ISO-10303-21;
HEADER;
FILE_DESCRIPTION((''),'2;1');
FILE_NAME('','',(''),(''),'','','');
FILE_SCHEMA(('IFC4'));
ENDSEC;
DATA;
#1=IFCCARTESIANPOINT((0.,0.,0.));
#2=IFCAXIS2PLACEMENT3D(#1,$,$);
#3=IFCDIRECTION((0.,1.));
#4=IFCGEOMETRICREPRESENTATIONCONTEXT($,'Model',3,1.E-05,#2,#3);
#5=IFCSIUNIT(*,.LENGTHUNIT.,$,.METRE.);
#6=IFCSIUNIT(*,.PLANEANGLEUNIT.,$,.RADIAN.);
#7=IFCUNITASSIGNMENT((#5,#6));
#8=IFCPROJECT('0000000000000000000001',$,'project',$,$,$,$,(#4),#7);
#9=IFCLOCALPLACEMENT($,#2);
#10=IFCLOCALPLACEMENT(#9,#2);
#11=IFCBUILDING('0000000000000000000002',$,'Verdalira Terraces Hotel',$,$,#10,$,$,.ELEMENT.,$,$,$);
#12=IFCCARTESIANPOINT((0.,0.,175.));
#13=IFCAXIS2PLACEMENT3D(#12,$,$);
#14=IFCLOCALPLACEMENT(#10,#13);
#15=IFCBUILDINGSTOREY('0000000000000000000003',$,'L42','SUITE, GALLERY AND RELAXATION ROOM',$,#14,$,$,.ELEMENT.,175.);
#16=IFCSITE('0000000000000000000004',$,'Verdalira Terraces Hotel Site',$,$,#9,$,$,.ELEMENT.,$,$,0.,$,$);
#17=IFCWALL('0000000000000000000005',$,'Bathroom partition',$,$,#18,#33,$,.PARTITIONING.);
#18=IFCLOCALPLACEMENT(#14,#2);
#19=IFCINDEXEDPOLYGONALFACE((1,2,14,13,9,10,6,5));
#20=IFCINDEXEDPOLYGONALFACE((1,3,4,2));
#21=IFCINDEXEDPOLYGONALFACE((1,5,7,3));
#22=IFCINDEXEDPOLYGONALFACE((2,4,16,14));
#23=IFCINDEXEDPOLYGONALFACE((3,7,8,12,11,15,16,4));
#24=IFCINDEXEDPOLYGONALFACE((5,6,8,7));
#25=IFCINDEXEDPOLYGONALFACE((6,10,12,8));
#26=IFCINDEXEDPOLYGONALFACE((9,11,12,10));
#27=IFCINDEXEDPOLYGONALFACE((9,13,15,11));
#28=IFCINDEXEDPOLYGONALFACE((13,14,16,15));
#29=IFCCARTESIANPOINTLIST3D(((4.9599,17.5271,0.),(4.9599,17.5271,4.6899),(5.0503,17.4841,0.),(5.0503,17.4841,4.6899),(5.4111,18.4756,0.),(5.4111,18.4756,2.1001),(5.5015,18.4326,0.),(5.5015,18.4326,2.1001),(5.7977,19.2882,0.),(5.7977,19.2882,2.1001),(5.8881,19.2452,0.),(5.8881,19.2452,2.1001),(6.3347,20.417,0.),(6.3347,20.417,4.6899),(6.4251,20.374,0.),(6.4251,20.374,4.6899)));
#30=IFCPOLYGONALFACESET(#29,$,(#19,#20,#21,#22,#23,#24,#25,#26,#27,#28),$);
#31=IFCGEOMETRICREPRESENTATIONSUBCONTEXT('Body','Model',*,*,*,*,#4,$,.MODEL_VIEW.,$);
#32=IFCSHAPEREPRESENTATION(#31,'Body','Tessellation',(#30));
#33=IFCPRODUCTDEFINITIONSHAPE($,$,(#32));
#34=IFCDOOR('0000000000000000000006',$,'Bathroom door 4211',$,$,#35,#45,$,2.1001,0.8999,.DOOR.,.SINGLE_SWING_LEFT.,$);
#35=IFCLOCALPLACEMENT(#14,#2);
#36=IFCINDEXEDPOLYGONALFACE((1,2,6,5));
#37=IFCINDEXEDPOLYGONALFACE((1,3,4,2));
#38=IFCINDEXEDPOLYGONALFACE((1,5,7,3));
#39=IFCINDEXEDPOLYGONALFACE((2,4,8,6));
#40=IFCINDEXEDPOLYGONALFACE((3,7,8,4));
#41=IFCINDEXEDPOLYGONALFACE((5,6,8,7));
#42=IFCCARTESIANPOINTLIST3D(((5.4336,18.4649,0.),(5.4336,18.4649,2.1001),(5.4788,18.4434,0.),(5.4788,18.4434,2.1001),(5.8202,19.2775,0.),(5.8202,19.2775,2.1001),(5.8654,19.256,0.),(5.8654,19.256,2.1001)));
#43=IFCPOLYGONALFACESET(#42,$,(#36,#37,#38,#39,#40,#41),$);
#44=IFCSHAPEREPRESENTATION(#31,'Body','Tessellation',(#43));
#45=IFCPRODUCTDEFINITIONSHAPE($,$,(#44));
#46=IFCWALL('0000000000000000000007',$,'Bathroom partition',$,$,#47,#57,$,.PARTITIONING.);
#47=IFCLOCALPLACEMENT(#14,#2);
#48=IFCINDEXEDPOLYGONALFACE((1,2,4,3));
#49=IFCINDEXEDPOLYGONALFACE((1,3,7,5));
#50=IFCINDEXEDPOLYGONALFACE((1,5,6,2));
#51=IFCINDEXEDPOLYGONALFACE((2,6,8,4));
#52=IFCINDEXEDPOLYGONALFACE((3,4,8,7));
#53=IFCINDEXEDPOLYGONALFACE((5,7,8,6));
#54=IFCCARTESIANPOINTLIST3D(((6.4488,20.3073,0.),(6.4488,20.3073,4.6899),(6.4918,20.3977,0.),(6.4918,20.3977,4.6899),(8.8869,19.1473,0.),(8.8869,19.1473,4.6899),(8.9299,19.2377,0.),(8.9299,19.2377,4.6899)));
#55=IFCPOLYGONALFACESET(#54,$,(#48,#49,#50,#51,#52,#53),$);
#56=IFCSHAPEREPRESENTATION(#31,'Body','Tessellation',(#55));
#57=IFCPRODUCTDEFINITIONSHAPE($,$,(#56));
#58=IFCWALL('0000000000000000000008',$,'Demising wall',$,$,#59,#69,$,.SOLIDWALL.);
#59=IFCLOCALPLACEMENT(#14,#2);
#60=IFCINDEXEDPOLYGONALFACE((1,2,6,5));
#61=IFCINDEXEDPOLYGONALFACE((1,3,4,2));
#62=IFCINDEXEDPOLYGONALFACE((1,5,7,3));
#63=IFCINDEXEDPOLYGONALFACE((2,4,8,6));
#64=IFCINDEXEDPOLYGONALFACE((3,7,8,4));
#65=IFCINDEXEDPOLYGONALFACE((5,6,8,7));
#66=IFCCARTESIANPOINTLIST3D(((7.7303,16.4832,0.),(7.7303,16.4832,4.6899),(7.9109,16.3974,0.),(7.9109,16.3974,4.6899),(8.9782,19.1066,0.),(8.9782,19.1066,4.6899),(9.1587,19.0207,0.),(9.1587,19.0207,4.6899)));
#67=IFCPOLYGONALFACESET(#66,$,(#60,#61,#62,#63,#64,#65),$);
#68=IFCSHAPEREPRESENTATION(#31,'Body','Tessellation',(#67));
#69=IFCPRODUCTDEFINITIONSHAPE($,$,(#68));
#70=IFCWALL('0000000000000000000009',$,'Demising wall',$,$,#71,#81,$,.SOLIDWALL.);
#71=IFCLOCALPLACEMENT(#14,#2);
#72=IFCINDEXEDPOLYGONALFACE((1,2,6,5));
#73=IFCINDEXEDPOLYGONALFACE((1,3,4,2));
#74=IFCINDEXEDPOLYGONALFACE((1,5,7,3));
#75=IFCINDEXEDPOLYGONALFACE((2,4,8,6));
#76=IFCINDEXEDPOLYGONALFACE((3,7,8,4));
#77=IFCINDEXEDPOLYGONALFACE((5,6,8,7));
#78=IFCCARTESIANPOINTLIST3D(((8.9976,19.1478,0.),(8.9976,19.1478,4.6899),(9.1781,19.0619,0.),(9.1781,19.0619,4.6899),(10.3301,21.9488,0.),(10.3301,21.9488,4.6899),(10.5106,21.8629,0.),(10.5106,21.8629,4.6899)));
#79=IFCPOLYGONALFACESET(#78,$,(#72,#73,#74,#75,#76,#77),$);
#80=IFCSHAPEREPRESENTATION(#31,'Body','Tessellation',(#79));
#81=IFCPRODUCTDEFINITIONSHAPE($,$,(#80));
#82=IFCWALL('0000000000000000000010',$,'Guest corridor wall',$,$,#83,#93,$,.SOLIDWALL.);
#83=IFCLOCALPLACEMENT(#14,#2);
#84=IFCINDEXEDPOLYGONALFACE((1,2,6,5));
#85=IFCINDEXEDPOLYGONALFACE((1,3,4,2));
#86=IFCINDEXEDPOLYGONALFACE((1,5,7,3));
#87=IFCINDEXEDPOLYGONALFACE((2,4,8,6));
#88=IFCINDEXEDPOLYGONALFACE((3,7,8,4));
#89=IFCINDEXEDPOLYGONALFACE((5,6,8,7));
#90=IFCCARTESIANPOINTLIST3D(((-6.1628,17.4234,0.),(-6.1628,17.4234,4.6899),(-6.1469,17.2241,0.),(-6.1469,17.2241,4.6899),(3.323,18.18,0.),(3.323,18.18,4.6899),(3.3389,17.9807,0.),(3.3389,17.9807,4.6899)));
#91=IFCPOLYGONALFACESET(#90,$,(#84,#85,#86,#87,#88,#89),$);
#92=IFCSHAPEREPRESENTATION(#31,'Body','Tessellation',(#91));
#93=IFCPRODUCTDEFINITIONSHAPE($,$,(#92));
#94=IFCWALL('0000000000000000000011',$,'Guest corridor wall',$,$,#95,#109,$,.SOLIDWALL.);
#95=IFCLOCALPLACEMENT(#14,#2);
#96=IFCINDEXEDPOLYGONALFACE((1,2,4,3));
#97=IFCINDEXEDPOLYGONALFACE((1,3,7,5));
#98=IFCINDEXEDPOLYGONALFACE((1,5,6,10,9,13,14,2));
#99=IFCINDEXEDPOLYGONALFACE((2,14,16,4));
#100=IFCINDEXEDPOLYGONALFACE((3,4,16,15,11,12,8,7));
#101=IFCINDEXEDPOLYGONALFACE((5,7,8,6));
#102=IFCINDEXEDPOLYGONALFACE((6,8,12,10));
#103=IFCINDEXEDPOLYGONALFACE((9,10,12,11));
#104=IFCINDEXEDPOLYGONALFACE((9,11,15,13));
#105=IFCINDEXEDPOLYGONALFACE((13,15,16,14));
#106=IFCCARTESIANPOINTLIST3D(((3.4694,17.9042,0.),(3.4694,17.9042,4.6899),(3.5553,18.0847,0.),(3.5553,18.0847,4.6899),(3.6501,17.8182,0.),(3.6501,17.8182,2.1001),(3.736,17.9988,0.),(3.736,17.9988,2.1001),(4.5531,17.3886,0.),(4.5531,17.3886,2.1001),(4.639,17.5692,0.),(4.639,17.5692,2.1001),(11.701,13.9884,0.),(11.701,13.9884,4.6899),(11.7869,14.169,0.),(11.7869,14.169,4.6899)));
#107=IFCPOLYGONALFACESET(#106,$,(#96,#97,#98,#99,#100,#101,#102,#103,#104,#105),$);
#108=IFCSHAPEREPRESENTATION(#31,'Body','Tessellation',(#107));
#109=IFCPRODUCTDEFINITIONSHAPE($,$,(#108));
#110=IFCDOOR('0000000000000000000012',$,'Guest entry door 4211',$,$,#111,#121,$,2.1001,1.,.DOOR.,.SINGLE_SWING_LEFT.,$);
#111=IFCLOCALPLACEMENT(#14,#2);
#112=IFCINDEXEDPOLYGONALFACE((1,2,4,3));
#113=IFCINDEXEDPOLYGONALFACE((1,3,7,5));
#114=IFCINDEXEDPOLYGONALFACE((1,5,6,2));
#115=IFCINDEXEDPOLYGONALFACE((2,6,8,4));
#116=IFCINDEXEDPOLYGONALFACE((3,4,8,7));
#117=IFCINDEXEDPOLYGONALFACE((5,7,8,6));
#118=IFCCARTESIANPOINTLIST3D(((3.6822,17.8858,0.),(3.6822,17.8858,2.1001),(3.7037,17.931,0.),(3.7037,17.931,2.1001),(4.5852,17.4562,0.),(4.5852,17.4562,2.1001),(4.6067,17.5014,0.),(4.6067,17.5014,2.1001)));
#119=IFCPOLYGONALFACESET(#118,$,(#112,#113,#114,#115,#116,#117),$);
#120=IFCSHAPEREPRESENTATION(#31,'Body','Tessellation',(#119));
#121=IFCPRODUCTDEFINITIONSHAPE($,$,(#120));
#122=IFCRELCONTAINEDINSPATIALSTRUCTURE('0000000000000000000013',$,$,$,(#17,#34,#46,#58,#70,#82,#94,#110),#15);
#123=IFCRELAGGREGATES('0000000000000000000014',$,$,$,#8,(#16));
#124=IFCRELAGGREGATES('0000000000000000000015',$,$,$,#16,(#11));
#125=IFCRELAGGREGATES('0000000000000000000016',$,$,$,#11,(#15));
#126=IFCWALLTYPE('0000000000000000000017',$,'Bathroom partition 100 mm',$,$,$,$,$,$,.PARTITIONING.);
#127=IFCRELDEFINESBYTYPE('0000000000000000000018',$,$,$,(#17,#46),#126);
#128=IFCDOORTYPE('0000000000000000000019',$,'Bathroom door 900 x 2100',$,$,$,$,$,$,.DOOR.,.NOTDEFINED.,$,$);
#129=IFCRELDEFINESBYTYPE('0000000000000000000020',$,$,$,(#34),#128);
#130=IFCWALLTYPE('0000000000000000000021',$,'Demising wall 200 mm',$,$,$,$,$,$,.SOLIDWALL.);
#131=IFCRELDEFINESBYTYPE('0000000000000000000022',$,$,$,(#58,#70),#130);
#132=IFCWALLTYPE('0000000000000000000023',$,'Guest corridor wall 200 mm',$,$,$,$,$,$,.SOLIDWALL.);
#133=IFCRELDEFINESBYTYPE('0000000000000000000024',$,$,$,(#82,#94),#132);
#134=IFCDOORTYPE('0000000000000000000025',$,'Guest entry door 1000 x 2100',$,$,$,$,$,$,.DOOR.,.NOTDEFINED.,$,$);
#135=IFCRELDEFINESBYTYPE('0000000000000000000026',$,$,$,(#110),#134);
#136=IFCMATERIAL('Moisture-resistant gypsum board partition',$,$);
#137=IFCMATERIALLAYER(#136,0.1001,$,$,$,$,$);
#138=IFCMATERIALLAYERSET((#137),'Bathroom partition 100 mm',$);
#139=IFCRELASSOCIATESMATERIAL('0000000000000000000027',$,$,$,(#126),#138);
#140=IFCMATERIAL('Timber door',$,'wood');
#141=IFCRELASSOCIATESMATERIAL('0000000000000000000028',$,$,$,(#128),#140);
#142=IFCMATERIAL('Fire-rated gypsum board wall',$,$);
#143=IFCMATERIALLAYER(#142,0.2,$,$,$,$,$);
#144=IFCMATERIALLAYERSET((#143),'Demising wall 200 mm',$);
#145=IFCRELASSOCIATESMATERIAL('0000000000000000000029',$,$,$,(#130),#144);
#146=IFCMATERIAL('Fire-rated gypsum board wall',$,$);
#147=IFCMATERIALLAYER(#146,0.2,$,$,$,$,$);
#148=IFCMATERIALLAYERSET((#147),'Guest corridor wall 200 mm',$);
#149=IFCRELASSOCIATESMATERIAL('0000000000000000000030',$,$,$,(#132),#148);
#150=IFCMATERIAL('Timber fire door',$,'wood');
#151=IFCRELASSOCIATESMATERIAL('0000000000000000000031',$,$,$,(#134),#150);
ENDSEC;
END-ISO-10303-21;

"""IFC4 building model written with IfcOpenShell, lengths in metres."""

from ifc_helpers import new_model, si_unit, direction, frame, frame_2d, origin, place, context, subcontext, project, spatial, rectangle, extrude, material, layer, layer_set, type_object, element, fill, save


model = new_model("IFC4")

# Units and contexts
model_context = context("Model", 3, precision=1e-05, world=origin(), true_north=direction((0.0, 1.0)))
body_context = subcontext(model_context, "Body", "Model", "MODEL_VIEW")
ifc_project = project(units=[si_unit("LENGTHUNIT", "METRE"), si_unit("PLANEANGLEUNIT", "RADIAN")], contexts=[model_context])

# Site, building, storey
site_placement = place(None, origin())
site = spatial("IfcSite", under=ifc_project, at=site_placement, Name="Verdalira Terraces Hotel Site", CompositionType="ELEMENT", RefElevation=0.0)
building_placement = place(site_placement, origin())
building = spatial("IfcBuilding", under=site, at=building_placement, Name="Verdalira Terraces Hotel", CompositionType="ELEMENT")
storey_placement = place(building_placement, frame((0.0, 0.0, 175.0)))
storey = spatial("IfcBuildingStorey", under=building, at=storey_placement, Name="L42", Description="SUITE, GALLERY AND RELAXATION ROOM", CompositionType="ELEMENT", Elevation=175.0)

# Wall, opening, door
ifc_material_1 = material(Name="Moisture-resistant gypsum board partition")
ifc_layer_1 = layer(ifc_material_1, 0.1001)
ifc_layer_set_1 = layer_set([ifc_layer_1], Name="Bathroom partition 100 mm")
wall_type_1 = type_object("IfcWallType", Name="Bathroom partition 100 mm", PredefinedType="PARTITIONING", material=ifc_layer_set_1)
wall_1_placement = place(storey_placement, frame((6.3799, 20.3955, 0.0), z_axis=(0.0, 0.0, 1.0), x_axis=(-0.429581, -0.903028, 0.0)))
wall_1 = element("IfcWall", 1, at=wall_1_placement, inside=storey, type_object=wall_type_1, Name="Bathroom partition", PredefinedType="PARTITIONING", context=body_context, shape_type="SweptSolid", body=[
    extrude(rectangle(XDim=3.2002, YDim=0.1001, at=frame_2d((1.6001, 0.0))), origin(), (0.0, 0.0, 1.0), 4.6899),
])
opening_1_placement = place(wall_1_placement, frame((1.25, 0.0, 0.0)))
opening_1 = element("IfcOpeningElement", 2, at=opening_1_placement, cuts=wall_1, PredefinedType="OPENING", context=body_context, shape_type="SweptSolid", body=[
    extrude(rectangle(XDim=0.8999, YDim=2.1001, at=frame_2d((0.45, 1.05))), frame((0.0, 0.0601, 0.0), z_axis=(0.0, -1.0, 0.0), x_axis=(1.0, 0.0, 0.0)), (0.0, 0.0, 1.0), 0.1201),
])
ifc_material_2 = material(Name="Timber door", Category="wood")
door_type_1 = type_object("IfcDoorType", Name="Bathroom door 900 x 2100", OperationType="NOTDEFINED", PredefinedType="DOOR", material=ifc_material_2)
door_1_placement = place(opening_1_placement, origin())
door_1 = element("IfcDoor", 3, at=door_1_placement, inside=storey, type_object=door_type_1, Name="Bathroom door 4211", OperationType="SINGLE_SWING_LEFT", OverallHeight=2.1001, OverallWidth=0.8999, PredefinedType="DOOR", context=body_context, shape_type="SweptSolid", body=[
    extrude(rectangle(XDim=0.8999, YDim=2.1001, at=frame_2d((0.45, 1.05))), frame((0.0, 0.0249, 0.0), z_axis=(0.0, -1.0, 0.0), x_axis=(1.0, 0.0, 0.0)), (0.0, 0.0, 1.0), 0.05),
])
fill(opening_1, door_1)

# Walls
wall_2_placement = place(storey_placement, frame((6.4702, 20.3525, 0.0), z_axis=(0.0, 0.0, 1.0), x_axis=(0.903009, -0.429621, 0.0)))
element("IfcWall", 4, at=wall_2_placement, inside=storey, type_object=wall_type_1, Name="Bathroom partition", PredefinedType="PARTITIONING", context=body_context, shape_type="SweptSolid", body=[
    extrude(rectangle(XDim=2.7, YDim=0.1001, at=frame_2d((1.3501, 0.0))), origin(), (0.0, 0.0, 1.0), 4.6899),
])
ifc_material_3 = material(Name="Fire-rated gypsum board wall")
ifc_layer_2 = layer(ifc_material_3, 0.2)
ifc_layer_set_2 = layer_set([ifc_layer_2], Name="Demising wall 200 mm")
wall_type_2 = type_object("IfcWallType", Name="Demising wall 200 mm", PredefinedType="SOLIDWALL", material=ifc_layer_set_2)
wall_3_placement = place(storey_placement, frame((7.8206, 16.4402, 0.0), z_axis=(0.0, 0.0, 1.0), x_axis=(0.429545, 0.903045, 0.0)))
element("IfcWall", 5, at=wall_3_placement, inside=storey, type_object=wall_type_2, Name="Demising wall", PredefinedType="SOLIDWALL", context=body_context, shape_type="SweptSolid", body=[
    extrude(rectangle(XDim=2.905, YDim=0.2, at=frame_2d((1.4526, 0.0))), origin(), (0.0, 0.0, 1.0), 4.6899),
])
wall_4_placement = place(storey_placement, frame((9.0879, 19.105, 0.0), z_axis=(0.0, 0.0, 1.0), x_axis=(0.429591, 0.903023, 0.0)))
element("IfcWall", 6, at=wall_4_placement, inside=storey, type_object=wall_type_2, Name="Demising wall", PredefinedType="SOLIDWALL", context=body_context, shape_type="SweptSolid", body=[
    extrude(rectangle(XDim=3.1018, YDim=0.2, at=frame_2d((1.5508, 0.0))), origin(), (0.0, 0.0, 1.0), 4.6899),
])
ifc_material_4 = material(Name="Fire-rated gypsum board wall")
ifc_layer_3 = layer(ifc_material_4, 0.2)
ifc_layer_set_3 = layer_set([ifc_layer_3], Name="Guest corridor wall 200 mm")
wall_type_3 = type_object("IfcWallType", Name="Guest corridor wall 200 mm", PredefinedType="SOLIDWALL", material=ifc_layer_set_3)
wall_5_placement = place(storey_placement, frame((3.3308, 18.0803, 0.0), z_axis=(0.0, 0.0, 1.0), x_axis=(-0.996834, -0.079508, 0.0)))
element("IfcWall", 7, at=wall_5_placement, inside=storey, type_object=wall_type_3, Name="Guest corridor wall", PredefinedType="SOLIDWALL", context=body_context, shape_type="SweptSolid", body=[
    extrude(rectangle(XDim=9.5159, YDim=0.2, at=frame_2d((4.7578, 0.0))), origin(), (0.0, 0.0, 1.0), 4.6899),
])

# Wall, opening, door
wall_6_placement = place(storey_placement, frame((3.5125, 17.9944, 0.0), z_axis=(0.0, 0.0, 1.0), x_axis=(0.903034, -0.429569, 0.0)))
wall_6 = element("IfcWall", 8, at=wall_6_placement, inside=storey, type_object=wall_type_3, Name="Guest corridor wall", PredefinedType="SOLIDWALL", context=body_context, shape_type="SweptSolid", body=[
    extrude(rectangle(XDim=9.1155, YDim=0.2, at=frame_2d((4.5576, 0.0))), origin(), (0.0, 0.0, 1.0), 4.6899),
])
opening_2_placement = place(wall_6_placement, frame((0.2, 0.0, 0.0)))
opening_2 = element("IfcOpeningElement", 9, at=opening_2_placement, cuts=wall_6, PredefinedType="OPENING", context=body_context, shape_type="SweptSolid", body=[
    extrude(rectangle(XDim=1.0, YDim=2.1001, at=frame_2d((0.5, 1.05))), frame((0.0, 0.1099, 0.0), z_axis=(0.0, -1.0, 0.0), x_axis=(1.0, 0.0, 0.0)), (0.0, 0.0, 1.0), 0.22),
])
ifc_material_5 = material(Name="Timber fire door", Category="wood")
door_type_2 = type_object("IfcDoorType", Name="Guest entry door 1000 x 2100", OperationType="NOTDEFINED", PredefinedType="DOOR", material=ifc_material_5)
door_2_placement = place(opening_2_placement, origin())
door_2 = element("IfcDoor", 10, at=door_2_placement, inside=storey, type_object=door_type_2, Name="Guest entry door 4211", OperationType="SINGLE_SWING_LEFT", OverallHeight=2.1001, OverallWidth=1.0, PredefinedType="DOOR", context=body_context, shape_type="SweptSolid", body=[
    extrude(rectangle(XDim=1.0, YDim=2.1001, at=frame_2d((0.5, 1.05))), frame((0.0, 0.0249, 0.0), z_axis=(0.0, -1.0, 0.0), x_axis=(1.0, 0.0, 0.0)), (0.0, 0.0, 1.0), 0.05),
])
fill(opening_2, door_2)

save(model, "model.ifc")
